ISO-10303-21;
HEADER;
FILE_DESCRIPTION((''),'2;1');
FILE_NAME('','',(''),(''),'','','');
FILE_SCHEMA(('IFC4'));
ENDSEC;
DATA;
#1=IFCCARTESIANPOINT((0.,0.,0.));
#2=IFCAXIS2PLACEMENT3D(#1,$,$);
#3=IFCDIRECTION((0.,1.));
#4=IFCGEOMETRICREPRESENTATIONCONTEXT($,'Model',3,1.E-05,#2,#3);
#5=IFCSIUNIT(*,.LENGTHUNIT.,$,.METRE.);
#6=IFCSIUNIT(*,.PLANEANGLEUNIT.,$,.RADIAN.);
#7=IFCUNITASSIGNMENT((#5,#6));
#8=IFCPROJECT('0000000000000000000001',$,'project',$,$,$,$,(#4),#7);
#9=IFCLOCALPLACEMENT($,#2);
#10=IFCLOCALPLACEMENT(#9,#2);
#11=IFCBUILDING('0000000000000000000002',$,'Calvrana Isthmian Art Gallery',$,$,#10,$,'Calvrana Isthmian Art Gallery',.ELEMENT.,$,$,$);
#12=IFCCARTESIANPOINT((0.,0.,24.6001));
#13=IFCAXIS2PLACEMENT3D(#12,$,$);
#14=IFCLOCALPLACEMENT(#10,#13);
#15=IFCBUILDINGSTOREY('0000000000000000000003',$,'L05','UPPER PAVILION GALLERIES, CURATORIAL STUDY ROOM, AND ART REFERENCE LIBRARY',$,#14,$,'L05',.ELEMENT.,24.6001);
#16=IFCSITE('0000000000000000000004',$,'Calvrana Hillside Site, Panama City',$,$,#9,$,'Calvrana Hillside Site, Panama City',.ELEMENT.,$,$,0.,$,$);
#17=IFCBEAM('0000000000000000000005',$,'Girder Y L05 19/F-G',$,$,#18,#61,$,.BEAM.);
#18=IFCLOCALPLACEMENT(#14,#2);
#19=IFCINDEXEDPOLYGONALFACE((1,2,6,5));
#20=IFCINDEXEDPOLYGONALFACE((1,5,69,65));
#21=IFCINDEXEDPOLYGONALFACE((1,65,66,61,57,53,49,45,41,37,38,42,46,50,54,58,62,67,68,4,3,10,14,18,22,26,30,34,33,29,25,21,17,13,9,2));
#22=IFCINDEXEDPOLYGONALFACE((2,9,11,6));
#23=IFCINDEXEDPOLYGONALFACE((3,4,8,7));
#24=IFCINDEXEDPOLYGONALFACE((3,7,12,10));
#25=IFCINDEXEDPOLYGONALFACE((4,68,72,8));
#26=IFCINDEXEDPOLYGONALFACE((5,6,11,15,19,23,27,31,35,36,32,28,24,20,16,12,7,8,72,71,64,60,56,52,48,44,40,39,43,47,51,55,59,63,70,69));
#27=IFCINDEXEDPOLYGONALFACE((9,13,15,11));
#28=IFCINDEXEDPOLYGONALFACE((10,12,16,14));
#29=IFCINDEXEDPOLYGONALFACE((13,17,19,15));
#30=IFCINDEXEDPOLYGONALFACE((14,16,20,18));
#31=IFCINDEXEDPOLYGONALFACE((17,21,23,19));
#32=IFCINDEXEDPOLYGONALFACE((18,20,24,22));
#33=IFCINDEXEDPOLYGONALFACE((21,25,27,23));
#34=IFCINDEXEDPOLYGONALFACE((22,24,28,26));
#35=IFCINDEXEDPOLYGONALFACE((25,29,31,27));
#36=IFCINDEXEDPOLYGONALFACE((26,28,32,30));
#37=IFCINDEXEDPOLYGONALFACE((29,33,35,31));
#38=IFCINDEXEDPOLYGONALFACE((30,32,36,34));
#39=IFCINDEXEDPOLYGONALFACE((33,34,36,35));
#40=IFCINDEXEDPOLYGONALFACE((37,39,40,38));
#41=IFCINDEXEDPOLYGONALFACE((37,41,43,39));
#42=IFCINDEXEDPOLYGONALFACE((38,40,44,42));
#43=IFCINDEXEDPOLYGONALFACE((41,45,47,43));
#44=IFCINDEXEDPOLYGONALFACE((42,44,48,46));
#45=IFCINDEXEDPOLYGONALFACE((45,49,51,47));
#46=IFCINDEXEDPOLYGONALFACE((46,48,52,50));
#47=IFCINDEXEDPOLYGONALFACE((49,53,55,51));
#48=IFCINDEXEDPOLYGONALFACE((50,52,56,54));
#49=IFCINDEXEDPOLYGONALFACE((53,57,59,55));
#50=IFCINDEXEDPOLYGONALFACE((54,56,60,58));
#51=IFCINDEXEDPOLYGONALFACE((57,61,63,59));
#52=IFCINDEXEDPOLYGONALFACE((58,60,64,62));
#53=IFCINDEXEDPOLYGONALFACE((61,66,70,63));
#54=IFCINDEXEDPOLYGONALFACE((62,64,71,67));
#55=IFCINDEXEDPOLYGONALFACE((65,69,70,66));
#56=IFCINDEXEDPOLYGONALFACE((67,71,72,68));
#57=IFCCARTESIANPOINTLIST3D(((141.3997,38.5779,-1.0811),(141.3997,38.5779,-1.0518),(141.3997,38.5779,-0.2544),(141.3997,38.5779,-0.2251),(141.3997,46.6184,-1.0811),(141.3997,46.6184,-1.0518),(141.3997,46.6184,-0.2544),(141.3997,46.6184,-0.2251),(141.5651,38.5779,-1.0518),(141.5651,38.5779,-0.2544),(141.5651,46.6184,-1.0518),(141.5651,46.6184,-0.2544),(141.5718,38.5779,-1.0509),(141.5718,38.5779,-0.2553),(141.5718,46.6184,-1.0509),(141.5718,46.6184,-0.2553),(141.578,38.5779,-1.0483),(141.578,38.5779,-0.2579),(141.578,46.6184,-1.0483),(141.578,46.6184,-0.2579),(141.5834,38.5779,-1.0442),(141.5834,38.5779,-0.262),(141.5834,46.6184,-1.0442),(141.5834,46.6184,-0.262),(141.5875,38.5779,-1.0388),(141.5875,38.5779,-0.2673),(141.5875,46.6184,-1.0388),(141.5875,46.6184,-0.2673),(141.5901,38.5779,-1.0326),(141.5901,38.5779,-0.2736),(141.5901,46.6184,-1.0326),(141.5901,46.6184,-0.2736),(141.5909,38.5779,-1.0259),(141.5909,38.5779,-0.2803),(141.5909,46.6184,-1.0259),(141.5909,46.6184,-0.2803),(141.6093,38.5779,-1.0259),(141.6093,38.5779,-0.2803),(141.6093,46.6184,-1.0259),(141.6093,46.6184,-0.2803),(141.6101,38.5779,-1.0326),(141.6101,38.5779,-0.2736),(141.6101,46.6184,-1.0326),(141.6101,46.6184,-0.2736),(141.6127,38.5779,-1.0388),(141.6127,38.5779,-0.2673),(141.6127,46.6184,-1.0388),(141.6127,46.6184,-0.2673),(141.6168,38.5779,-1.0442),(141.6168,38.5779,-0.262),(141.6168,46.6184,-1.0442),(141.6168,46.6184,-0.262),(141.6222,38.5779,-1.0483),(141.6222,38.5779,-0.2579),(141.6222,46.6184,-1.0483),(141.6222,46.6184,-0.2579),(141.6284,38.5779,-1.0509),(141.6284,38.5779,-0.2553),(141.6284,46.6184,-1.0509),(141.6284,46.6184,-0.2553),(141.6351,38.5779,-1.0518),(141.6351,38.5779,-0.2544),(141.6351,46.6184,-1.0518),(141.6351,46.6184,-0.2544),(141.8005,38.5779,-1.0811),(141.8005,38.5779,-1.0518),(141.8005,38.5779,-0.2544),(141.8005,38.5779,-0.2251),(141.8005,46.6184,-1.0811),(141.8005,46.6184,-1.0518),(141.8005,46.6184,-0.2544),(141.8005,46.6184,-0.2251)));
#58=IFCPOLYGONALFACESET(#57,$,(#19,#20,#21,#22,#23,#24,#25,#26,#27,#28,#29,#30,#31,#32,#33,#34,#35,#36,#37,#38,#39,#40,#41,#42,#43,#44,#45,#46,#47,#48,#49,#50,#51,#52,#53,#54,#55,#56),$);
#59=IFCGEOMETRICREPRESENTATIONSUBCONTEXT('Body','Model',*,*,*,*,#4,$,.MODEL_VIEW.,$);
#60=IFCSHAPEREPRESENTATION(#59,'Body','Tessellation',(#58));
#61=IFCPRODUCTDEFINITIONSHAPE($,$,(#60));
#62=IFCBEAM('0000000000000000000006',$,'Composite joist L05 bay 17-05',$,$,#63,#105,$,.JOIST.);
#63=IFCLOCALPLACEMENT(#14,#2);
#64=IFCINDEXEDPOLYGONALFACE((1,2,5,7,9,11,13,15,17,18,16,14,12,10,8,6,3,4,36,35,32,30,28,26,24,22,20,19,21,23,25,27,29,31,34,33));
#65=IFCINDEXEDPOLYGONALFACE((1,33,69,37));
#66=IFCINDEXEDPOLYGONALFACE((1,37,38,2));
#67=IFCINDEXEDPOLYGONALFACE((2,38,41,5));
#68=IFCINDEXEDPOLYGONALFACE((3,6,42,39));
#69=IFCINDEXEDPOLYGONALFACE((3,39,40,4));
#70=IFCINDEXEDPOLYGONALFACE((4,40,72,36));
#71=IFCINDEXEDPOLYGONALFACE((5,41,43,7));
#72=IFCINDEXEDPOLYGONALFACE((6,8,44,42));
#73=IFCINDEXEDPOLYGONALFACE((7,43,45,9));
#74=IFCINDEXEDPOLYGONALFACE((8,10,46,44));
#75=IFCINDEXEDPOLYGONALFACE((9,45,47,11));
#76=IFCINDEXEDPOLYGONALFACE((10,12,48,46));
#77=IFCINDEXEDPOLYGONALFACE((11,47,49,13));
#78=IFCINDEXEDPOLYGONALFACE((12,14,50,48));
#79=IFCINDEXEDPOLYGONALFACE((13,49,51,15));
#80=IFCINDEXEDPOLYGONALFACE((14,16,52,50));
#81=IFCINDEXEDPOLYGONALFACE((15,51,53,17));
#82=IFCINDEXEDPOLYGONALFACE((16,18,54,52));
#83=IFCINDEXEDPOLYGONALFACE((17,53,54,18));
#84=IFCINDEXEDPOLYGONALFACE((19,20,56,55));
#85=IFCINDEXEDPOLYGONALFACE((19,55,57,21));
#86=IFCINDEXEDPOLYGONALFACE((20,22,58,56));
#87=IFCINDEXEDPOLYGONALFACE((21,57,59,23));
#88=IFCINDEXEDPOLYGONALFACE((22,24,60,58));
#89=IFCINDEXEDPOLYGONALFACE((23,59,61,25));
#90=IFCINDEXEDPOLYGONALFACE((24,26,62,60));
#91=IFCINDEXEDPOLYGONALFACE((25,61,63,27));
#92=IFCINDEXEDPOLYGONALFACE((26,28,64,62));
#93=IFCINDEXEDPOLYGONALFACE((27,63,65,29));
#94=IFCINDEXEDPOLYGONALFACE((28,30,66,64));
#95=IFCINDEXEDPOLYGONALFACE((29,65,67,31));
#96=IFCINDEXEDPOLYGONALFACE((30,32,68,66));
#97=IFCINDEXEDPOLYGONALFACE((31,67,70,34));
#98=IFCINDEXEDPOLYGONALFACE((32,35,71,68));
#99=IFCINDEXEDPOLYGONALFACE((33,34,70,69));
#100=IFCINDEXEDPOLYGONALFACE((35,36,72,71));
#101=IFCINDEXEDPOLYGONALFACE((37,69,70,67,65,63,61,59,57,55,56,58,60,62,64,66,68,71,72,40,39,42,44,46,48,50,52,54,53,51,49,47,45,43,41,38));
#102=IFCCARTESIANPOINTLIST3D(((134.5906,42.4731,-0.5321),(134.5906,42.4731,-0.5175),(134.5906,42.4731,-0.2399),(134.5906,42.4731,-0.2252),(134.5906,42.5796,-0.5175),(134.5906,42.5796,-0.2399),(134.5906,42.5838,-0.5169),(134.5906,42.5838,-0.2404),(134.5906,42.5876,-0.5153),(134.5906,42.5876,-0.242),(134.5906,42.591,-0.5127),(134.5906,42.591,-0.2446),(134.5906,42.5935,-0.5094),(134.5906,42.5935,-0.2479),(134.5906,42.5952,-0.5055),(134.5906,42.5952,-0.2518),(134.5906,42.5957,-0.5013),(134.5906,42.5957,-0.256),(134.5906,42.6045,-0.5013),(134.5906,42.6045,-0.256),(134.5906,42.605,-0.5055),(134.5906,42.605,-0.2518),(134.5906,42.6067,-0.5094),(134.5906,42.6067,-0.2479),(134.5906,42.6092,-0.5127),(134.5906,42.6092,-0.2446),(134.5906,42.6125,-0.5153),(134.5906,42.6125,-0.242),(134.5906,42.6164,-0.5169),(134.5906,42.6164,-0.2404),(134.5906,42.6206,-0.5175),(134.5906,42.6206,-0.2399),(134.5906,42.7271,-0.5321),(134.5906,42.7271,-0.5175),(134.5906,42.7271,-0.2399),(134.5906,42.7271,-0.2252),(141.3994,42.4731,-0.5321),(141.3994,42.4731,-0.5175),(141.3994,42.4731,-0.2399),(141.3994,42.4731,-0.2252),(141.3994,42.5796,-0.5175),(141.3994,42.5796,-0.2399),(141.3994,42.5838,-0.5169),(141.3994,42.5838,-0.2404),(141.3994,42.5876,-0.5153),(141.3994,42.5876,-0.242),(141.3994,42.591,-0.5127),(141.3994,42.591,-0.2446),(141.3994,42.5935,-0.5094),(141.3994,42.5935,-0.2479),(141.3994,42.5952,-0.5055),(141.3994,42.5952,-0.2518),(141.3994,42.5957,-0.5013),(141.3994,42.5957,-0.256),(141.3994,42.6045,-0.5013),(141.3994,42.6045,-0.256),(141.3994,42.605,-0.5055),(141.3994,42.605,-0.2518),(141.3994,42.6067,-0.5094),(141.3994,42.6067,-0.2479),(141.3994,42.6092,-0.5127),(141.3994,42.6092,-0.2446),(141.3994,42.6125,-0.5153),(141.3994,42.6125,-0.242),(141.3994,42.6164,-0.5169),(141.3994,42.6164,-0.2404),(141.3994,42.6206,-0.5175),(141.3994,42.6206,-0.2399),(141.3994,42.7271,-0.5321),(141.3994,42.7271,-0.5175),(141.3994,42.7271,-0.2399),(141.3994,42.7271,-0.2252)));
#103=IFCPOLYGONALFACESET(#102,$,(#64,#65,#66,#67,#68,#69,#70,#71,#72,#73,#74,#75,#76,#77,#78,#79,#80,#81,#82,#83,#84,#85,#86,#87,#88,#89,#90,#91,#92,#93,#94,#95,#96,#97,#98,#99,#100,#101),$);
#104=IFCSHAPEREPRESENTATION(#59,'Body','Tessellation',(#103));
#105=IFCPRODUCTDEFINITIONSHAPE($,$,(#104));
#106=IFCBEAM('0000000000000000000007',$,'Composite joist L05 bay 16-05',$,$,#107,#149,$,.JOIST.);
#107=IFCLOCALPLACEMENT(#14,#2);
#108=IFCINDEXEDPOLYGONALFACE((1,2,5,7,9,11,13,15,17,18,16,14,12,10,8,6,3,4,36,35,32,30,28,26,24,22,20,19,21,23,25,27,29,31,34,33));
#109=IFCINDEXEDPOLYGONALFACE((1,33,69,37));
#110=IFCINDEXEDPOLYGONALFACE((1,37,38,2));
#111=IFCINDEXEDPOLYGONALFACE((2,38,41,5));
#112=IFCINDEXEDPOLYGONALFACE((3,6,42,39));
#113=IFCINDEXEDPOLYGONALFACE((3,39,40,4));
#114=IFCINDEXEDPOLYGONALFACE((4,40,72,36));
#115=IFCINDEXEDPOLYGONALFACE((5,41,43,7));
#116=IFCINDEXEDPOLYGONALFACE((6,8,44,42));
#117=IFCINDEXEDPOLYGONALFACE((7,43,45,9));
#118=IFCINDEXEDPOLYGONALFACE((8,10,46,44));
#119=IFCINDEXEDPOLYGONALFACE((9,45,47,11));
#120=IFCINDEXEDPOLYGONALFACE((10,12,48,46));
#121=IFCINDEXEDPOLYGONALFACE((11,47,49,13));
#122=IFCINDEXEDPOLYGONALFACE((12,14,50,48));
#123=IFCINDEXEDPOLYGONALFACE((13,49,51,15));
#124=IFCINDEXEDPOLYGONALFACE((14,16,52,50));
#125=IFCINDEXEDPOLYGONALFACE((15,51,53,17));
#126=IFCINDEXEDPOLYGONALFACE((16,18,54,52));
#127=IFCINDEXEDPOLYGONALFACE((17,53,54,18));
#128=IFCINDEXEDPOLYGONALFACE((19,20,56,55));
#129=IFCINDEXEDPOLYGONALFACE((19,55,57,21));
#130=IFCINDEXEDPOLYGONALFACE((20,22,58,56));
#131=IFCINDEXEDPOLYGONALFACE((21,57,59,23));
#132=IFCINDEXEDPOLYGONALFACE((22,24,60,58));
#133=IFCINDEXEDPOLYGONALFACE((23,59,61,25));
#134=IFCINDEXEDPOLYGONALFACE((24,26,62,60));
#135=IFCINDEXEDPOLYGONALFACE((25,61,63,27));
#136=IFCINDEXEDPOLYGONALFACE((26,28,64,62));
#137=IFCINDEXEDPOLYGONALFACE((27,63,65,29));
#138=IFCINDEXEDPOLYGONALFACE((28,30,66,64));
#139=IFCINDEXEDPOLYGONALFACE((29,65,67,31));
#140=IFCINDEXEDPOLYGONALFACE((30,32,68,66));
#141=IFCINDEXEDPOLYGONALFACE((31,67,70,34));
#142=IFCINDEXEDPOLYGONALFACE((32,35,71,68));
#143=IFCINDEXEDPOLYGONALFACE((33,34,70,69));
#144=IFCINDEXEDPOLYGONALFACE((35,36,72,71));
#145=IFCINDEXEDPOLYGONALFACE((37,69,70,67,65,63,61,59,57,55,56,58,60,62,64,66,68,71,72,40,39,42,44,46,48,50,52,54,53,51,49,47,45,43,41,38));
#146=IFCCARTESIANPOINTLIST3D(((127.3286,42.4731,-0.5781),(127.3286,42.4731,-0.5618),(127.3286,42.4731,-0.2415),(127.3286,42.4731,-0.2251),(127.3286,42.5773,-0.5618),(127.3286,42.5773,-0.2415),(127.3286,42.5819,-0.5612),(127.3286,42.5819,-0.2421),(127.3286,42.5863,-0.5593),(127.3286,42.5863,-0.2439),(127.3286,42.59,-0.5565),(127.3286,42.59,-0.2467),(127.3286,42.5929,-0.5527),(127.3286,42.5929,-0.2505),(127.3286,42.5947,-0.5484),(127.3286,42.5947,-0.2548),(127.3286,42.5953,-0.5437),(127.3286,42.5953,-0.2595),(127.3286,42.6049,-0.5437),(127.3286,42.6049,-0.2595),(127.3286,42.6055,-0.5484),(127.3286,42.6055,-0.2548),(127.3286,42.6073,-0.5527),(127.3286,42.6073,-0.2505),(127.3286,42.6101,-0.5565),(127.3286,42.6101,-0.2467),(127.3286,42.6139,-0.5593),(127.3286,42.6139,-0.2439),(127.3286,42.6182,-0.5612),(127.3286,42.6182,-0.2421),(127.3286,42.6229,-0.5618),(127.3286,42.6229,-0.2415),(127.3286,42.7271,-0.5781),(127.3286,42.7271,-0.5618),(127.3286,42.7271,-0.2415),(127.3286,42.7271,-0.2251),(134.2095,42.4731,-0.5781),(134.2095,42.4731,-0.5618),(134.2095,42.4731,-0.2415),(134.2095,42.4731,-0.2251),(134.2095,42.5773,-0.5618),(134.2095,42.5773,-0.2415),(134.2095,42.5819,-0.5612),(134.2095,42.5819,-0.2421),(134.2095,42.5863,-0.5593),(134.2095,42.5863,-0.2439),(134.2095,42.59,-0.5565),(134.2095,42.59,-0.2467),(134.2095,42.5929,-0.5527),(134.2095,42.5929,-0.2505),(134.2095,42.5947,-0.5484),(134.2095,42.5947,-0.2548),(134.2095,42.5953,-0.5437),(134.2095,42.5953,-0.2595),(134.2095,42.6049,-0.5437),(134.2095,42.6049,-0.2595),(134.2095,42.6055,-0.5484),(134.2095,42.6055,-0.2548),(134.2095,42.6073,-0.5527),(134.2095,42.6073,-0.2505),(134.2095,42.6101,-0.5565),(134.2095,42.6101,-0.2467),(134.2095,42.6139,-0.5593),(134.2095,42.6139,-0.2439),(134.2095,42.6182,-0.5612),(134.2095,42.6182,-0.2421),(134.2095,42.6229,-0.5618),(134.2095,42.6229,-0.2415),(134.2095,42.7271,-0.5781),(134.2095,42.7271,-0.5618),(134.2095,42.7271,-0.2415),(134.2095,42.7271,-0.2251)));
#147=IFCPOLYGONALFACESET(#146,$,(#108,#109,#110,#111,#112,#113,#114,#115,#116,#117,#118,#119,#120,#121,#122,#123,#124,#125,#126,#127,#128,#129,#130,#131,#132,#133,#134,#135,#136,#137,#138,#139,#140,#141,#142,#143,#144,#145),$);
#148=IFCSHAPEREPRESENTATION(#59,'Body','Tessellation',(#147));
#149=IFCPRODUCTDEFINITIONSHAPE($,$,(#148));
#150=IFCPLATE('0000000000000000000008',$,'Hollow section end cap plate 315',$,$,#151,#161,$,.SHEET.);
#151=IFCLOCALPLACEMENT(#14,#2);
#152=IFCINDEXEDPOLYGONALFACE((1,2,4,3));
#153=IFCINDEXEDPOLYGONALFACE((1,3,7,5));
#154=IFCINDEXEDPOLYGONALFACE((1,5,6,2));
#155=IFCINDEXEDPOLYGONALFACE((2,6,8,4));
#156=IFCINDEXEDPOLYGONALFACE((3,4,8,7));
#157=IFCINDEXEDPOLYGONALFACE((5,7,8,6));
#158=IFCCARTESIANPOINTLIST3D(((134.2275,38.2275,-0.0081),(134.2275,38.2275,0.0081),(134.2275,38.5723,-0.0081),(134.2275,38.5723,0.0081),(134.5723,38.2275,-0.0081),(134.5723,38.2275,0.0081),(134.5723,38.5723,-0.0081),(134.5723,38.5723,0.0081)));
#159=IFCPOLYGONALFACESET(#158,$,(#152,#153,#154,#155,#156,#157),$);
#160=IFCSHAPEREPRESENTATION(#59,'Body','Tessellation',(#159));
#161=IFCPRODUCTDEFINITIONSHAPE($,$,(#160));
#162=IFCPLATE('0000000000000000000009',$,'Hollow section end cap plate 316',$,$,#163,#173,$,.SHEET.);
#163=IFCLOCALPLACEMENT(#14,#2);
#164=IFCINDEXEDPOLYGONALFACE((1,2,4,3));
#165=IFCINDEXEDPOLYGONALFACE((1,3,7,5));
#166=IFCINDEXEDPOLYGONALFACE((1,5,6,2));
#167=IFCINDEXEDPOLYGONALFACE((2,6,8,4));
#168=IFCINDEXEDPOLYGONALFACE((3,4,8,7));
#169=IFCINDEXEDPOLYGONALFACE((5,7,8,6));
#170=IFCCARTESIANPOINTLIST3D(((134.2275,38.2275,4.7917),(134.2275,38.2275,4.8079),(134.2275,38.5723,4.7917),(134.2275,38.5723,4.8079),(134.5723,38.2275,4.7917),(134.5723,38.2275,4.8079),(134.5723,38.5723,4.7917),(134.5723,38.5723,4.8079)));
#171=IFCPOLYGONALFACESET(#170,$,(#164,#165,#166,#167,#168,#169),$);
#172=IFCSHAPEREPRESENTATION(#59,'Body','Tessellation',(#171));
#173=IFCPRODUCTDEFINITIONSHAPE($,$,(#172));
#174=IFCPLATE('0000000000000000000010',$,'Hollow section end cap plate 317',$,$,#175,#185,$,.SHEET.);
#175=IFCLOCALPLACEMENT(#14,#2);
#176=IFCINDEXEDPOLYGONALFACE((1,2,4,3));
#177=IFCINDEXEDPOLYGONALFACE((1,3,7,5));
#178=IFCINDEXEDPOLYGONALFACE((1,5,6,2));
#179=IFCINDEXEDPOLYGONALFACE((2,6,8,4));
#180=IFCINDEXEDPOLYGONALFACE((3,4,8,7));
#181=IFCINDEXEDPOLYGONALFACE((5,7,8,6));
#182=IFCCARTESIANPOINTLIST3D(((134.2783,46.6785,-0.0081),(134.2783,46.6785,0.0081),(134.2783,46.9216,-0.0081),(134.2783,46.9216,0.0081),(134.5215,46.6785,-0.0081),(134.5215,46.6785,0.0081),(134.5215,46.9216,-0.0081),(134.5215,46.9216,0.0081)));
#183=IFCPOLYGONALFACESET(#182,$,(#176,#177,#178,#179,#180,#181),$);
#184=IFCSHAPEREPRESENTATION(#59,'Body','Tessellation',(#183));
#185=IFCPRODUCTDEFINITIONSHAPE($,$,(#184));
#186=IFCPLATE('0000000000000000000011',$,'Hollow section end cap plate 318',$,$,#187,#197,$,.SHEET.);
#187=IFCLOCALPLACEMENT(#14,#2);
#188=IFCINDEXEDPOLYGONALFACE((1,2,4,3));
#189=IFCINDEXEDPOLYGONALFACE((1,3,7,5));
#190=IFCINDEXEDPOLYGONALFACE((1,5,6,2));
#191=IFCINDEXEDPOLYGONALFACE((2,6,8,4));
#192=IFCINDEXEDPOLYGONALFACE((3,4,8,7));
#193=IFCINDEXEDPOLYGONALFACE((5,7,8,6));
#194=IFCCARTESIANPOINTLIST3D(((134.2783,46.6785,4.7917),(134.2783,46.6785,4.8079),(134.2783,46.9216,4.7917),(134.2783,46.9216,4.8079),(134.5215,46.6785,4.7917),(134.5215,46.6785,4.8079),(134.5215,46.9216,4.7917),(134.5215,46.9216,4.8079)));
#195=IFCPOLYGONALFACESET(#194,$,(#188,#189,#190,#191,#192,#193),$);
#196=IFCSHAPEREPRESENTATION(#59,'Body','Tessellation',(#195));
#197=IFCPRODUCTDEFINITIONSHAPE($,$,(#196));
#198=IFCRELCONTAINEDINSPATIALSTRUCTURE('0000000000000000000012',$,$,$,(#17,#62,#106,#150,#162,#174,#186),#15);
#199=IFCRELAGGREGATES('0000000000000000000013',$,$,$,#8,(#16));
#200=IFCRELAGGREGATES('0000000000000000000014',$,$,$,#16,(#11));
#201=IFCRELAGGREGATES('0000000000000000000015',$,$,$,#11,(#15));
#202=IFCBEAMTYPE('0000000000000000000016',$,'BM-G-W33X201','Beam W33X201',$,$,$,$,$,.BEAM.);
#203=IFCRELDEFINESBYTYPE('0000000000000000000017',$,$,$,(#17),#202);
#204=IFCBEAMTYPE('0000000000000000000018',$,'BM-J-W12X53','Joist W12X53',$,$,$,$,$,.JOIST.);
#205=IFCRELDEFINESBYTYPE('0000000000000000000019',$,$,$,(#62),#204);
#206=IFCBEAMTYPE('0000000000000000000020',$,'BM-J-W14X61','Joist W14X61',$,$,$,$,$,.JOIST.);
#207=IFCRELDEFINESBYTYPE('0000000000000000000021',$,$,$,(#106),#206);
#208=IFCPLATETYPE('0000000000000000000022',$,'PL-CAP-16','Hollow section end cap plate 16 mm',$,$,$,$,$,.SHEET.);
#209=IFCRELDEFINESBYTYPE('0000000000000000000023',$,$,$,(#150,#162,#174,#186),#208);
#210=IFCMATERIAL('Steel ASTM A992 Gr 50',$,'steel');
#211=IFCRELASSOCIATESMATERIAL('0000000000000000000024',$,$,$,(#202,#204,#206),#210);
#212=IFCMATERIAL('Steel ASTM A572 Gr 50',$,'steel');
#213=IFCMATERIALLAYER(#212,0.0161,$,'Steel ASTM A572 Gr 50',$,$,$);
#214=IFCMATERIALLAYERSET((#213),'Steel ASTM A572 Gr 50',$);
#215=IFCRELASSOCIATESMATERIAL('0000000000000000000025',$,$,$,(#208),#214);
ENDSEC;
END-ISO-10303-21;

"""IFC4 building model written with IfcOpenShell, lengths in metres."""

from ifc_helpers import new_model, si_unit, direction, frame, origin, origin_2d, place, context, subcontext, project, spatial, rectangle, i_section, extrude, material, layer, layer_set, material_profile, profile_set, type_object, element, save


model = new_model("IFC4")

# Units and contexts
model_context = context("Model", 3, precision=1e-05, world=origin(), true_north=direction((0.0, 1.0)))
body_context = subcontext(model_context, "Body", "Model", "MODEL_VIEW")
ifc_project = project(units=[si_unit("LENGTHUNIT", "METRE"), si_unit("PLANEANGLEUNIT", "RADIAN")], contexts=[model_context])

# Site, building, storey
site_placement = place(None, origin())
site = spatial("IfcSite", under=ifc_project, at=site_placement, Name="Calvrana Hillside Site, Panama City", LongName="Calvrana Hillside Site, Panama City", CompositionType="ELEMENT", RefElevation=0.0)
building_placement = place(site_placement, origin())
building = spatial("IfcBuilding", under=site, at=building_placement, Name="Calvrana Isthmian Art Gallery", LongName="Calvrana Isthmian Art Gallery", CompositionType="ELEMENT")
storey_placement = place(building_placement, frame((0.0, 0.0, 24.6001)))
storey = spatial("IfcBuildingStorey", under=building, at=storey_placement, Name="L05", Description="UPPER PAVILION GALLERIES, CURATORIAL STUDY ROOM, AND ART REFERENCE LIBRARY", LongName="L05", CompositionType="ELEMENT", Elevation=24.6001)

# Beams
ifc_material_1 = material(Name="Steel ASTM A992 Gr 50", Category="steel")
ifc_material_profile_1 = material_profile(ifc_material_1, i_section(OverallWidth=0.4009, OverallDepth=0.856, WebThickness=0.0183, FlangeThickness=0.0293, FilletRadius=0.0259, at=origin_2d()), Name="W33X201")
ifc_profile_set_1 = profile_set([ifc_material_profile_1], Name="Steel ASTM A992 Gr 50")
beam_type_1 = type_object("IfcBeamType", Name="BM-G-W33X201", Description="Beam W33X201", PredefinedType="BEAM", material=ifc_profile_set_1)
beam_1_placement = place(storey_placement, frame((141.6001, 38.5779, -0.6531), z_axis=(0.0, 1.0, 0.0), x_axis=(-1.0, 0.0, 0.0)))
element("IfcBeam", 1, at=beam_1_placement, inside=storey, type_object=beam_type_1, Name="Girder Y L05 19/F-G", PredefinedType="BEAM", context=body_context, shape_type="SweptSolid", body=[
    extrude(i_section(OverallWidth=0.4009, OverallDepth=0.856, WebThickness=0.0183, FlangeThickness=0.0293, FilletRadius=0.0259, at=origin_2d()), origin(), (0.0, 0.0, 1.0), 8.0405),
])
ifc_material_profile_2 = material_profile(ifc_material_1, i_section(OverallWidth=0.2539, OverallDepth=0.3069, WebThickness=0.0088, FlangeThickness=0.0146, FilletRadius=0.0161, at=origin_2d()), Name="W12X53")
ifc_profile_set_2 = profile_set([ifc_material_profile_2], Name="Steel ASTM A992 Gr 50")
beam_type_2 = type_object("IfcBeamType", Name="BM-J-W12X53", Description="Joist W12X53", PredefinedType="JOIST", material=ifc_profile_set_2)
beam_2_placement = place(storey_placement, frame((134.5906, 42.6001, -0.3787), z_axis=(1.0, 0.0, 0.0), x_axis=(0.0, 1.0, 0.0)))
element("IfcBeam", 2, at=beam_2_placement, inside=storey, type_object=beam_type_2, Name="Composite joist L05 bay 17-05", PredefinedType="JOIST", context=body_context, shape_type="SweptSolid", body=[
    extrude(i_section(OverallWidth=0.2539, OverallDepth=0.3069, WebThickness=0.0088, FlangeThickness=0.0146, FilletRadius=0.0161, at=origin_2d()), origin(), (0.0, 0.0, 1.0), 6.8088),
])
ifc_material_profile_3 = material_profile(ifc_material_1, i_section(OverallWidth=0.2539, OverallDepth=0.353, WebThickness=0.0095, FlangeThickness=0.0164, FilletRadius=0.0181, at=origin_2d()), Name="W14X61")
ifc_profile_set_3 = profile_set([ifc_material_profile_3], Name="Steel ASTM A992 Gr 50")
beam_type_3 = type_object("IfcBeamType", Name="BM-J-W14X61", Description="Joist W14X61", PredefinedType="JOIST", material=ifc_profile_set_3)
beam_3_placement = place(storey_placement, frame((127.3286, 42.6001, -0.4016), z_axis=(1.0, 0.0, 0.0), x_axis=(0.0, 1.0, 0.0)))
element("IfcBeam", 3, at=beam_3_placement, inside=storey, type_object=beam_type_3, Name="Composite joist L05 bay 16-05", PredefinedType="JOIST", context=body_context, shape_type="SweptSolid", body=[
    extrude(i_section(OverallWidth=0.2539, OverallDepth=0.353, WebThickness=0.0095, FlangeThickness=0.0164, FilletRadius=0.0181, at=origin_2d()), origin(), (0.0, 0.0, 1.0), 6.8809),
])

# Plates
ifc_material_2 = material(Name="Steel ASTM A572 Gr 50", Category="steel")
ifc_layer_1 = layer(ifc_material_2, 0.0161, Name="Steel ASTM A572 Gr 50")
ifc_layer_set_1 = layer_set([ifc_layer_1], Name="Steel ASTM A572 Gr 50")
plate_type = type_object("IfcPlateType", Name="PL-CAP-16", Description="Hollow section end cap plate 16 mm", PredefinedType="SHEET", material=ifc_layer_set_1)
for number, where, z_axis, x_axis, name in (
    (4, (134.3999, 38.3999, -0.0081), (0.0, 0.0, 1.0), (1.0, 0.0, 0.0), "Hollow section end cap plate 315"),
    (5, (134.3999, 38.3999, 4.7917), (0.0, 0.0, 1.0), (1.0, 0.0, 0.0), "Hollow section end cap plate 316"),
):
    element("IfcPlate", number, at=place(storey_placement, frame(where, z_axis=z_axis, x_axis=x_axis)), inside=storey, type_object=plate_type, Name=name, PredefinedType="SHEET", context=body_context, shape_type="SweptSolid", body=[
        extrude(rectangle(XDim=0.3447, YDim=0.3447, at=origin_2d()), origin(), (0.0, 0.0, 1.0), 0.0161),
    ])
for number, where, z_axis, x_axis, name in (
    (6, (134.3999, 46.8, -0.0081), (0.0, 0.0, 1.0), (1.0, 0.0, 0.0), "Hollow section end cap plate 317"),
    (7, (134.3999, 46.8, 4.7917), (0.0, 0.0, 1.0), (1.0, 0.0, 0.0), "Hollow section end cap plate 318"),
):
    element("IfcPlate", number, at=place(storey_placement, frame(where, z_axis=z_axis, x_axis=x_axis)), inside=storey, type_object=plate_type, Name=name, PredefinedType="SHEET", context=body_context, shape_type="SweptSolid", body=[
        extrude(rectangle(XDim=0.2432, YDim=0.2432, at=origin_2d()), origin(), (0.0, 0.0, 1.0), 0.0161),
    ])

save(model, "model.ifc")
